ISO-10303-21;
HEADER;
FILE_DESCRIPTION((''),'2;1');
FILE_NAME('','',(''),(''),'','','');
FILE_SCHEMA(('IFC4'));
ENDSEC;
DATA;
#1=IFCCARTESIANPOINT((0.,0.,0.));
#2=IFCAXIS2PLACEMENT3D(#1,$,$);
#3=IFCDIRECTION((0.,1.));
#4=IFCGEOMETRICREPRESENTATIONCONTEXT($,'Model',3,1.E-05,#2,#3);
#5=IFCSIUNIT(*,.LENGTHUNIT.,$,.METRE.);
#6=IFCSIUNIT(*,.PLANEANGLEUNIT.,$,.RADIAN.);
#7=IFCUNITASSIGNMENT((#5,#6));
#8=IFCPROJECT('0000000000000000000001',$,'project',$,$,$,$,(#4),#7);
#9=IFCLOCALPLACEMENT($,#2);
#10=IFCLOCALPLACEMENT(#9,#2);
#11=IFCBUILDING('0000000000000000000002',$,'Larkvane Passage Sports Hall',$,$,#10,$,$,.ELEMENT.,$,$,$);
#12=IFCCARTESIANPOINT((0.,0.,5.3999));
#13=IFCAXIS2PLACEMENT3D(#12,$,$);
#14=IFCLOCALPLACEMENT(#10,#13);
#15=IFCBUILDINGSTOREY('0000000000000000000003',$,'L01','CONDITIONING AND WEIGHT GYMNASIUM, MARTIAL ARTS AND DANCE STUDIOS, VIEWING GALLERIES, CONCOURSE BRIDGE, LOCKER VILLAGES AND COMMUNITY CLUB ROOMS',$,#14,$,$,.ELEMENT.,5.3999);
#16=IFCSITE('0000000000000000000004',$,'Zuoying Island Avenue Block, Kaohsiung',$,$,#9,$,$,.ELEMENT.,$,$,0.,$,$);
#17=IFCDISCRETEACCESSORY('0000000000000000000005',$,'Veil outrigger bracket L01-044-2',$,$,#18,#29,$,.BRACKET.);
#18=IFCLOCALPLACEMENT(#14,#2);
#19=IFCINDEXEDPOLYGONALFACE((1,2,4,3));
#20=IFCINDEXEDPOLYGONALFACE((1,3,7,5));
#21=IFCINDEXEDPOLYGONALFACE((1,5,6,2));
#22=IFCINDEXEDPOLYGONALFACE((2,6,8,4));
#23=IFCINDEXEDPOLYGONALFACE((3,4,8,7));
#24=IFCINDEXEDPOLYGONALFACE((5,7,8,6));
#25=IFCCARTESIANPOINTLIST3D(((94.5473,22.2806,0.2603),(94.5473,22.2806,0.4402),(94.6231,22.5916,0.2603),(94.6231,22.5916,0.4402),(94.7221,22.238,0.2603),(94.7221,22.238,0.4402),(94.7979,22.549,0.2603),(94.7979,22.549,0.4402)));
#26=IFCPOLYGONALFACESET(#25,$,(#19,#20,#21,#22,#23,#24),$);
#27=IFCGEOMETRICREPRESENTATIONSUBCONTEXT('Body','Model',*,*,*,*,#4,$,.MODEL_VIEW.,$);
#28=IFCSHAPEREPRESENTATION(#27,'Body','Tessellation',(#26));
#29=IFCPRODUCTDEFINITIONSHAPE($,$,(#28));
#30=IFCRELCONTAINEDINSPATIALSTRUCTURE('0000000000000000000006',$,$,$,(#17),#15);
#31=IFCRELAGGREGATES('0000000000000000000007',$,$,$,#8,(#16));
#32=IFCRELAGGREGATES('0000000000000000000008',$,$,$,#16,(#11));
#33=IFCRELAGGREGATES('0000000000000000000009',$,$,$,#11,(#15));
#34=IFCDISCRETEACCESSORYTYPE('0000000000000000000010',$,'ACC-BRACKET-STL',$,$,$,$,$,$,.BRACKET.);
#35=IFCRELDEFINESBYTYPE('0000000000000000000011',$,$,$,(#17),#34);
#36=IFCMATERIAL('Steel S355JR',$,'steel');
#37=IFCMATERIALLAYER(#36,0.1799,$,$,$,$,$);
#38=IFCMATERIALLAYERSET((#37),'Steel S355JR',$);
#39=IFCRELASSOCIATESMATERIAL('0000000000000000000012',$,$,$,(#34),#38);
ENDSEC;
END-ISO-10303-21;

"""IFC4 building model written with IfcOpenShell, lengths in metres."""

from ifc_helpers import new_model, si_unit, direction, frame, origin, origin_2d, place, context, subcontext, project, spatial, rectangle, extrude, material, layer, layer_set, type_object, element, save


model = new_model("IFC4")

# Units and contexts
model_context = context("Model", 3, precision=1e-05, world=origin(), true_north=direction((0.0, 1.0)))
body_context = subcontext(model_context, "Body", "Model", "MODEL_VIEW")
ifc_project = project(units=[si_unit("LENGTHUNIT", "METRE"), si_unit("PLANEANGLEUNIT", "RADIAN")], contexts=[model_context])

# Site, building, storey
site_placement = place(None, origin())
site = spatial("IfcSite", under=ifc_project, at=site_placement, Name="Zuoying Island Avenue Block, Kaohsiung", CompositionType="ELEMENT", RefElevation=0.0)
building_placement = place(site_placement, origin())
building = spatial("IfcBuilding", under=site, at=building_placement, Name="Larkvane Passage Sports Hall", CompositionType="ELEMENT")
storey_placement = place(building_placement, frame((0.0, 0.0, 5.3999)))
storey = spatial("IfcBuildingStorey", under=building, at=storey_placement, Name="L01", Description="CONDITIONING AND WEIGHT GYMNASIUM, MARTIAL ARTS AND DANCE STUDIOS, VIEWING GALLERIES, CONCOURSE BRIDGE, LOCKER VILLAGES AND COMMUNITY CLUB ROOMS", CompositionType="ELEMENT", Elevation=5.3999)

# Discrete accessory
ifc_material_1 = material(Name="Steel S355JR", Category="steel")
ifc_layer_1 = layer(ifc_material_1, 0.1799)
ifc_layer_set_1 = layer_set([ifc_layer_1], Name="Steel S355JR")
discrete_accessory_type = type_object("IfcDiscreteAccessoryType", Name="ACC-BRACKET-STL", PredefinedType="BRACKET", material=ifc_layer_set_1)
for number, where, z_axis, x_axis, name in (
    (1, (94.6726, 22.4148, 0.2603), (0.0, 0.0, 1.0), (-0.97152, 0.236956, 0.0), "Veil outrigger bracket L01-044-2"),
):
    element("IfcDiscreteAccessory", number, at=place(storey_placement, frame(where, z_axis=z_axis, x_axis=x_axis)), inside=storey, type_object=discrete_accessory_type, Name=name, PredefinedType="BRACKET", context=body_context, shape_type="SweptSolid", body=[
        extrude(rectangle(XDim=0.1799, YDim=0.3201, at=origin_2d()), origin(), (0.0, 0.0, 1.0), 0.1799),
    ])

save(model, "model.ifc")
